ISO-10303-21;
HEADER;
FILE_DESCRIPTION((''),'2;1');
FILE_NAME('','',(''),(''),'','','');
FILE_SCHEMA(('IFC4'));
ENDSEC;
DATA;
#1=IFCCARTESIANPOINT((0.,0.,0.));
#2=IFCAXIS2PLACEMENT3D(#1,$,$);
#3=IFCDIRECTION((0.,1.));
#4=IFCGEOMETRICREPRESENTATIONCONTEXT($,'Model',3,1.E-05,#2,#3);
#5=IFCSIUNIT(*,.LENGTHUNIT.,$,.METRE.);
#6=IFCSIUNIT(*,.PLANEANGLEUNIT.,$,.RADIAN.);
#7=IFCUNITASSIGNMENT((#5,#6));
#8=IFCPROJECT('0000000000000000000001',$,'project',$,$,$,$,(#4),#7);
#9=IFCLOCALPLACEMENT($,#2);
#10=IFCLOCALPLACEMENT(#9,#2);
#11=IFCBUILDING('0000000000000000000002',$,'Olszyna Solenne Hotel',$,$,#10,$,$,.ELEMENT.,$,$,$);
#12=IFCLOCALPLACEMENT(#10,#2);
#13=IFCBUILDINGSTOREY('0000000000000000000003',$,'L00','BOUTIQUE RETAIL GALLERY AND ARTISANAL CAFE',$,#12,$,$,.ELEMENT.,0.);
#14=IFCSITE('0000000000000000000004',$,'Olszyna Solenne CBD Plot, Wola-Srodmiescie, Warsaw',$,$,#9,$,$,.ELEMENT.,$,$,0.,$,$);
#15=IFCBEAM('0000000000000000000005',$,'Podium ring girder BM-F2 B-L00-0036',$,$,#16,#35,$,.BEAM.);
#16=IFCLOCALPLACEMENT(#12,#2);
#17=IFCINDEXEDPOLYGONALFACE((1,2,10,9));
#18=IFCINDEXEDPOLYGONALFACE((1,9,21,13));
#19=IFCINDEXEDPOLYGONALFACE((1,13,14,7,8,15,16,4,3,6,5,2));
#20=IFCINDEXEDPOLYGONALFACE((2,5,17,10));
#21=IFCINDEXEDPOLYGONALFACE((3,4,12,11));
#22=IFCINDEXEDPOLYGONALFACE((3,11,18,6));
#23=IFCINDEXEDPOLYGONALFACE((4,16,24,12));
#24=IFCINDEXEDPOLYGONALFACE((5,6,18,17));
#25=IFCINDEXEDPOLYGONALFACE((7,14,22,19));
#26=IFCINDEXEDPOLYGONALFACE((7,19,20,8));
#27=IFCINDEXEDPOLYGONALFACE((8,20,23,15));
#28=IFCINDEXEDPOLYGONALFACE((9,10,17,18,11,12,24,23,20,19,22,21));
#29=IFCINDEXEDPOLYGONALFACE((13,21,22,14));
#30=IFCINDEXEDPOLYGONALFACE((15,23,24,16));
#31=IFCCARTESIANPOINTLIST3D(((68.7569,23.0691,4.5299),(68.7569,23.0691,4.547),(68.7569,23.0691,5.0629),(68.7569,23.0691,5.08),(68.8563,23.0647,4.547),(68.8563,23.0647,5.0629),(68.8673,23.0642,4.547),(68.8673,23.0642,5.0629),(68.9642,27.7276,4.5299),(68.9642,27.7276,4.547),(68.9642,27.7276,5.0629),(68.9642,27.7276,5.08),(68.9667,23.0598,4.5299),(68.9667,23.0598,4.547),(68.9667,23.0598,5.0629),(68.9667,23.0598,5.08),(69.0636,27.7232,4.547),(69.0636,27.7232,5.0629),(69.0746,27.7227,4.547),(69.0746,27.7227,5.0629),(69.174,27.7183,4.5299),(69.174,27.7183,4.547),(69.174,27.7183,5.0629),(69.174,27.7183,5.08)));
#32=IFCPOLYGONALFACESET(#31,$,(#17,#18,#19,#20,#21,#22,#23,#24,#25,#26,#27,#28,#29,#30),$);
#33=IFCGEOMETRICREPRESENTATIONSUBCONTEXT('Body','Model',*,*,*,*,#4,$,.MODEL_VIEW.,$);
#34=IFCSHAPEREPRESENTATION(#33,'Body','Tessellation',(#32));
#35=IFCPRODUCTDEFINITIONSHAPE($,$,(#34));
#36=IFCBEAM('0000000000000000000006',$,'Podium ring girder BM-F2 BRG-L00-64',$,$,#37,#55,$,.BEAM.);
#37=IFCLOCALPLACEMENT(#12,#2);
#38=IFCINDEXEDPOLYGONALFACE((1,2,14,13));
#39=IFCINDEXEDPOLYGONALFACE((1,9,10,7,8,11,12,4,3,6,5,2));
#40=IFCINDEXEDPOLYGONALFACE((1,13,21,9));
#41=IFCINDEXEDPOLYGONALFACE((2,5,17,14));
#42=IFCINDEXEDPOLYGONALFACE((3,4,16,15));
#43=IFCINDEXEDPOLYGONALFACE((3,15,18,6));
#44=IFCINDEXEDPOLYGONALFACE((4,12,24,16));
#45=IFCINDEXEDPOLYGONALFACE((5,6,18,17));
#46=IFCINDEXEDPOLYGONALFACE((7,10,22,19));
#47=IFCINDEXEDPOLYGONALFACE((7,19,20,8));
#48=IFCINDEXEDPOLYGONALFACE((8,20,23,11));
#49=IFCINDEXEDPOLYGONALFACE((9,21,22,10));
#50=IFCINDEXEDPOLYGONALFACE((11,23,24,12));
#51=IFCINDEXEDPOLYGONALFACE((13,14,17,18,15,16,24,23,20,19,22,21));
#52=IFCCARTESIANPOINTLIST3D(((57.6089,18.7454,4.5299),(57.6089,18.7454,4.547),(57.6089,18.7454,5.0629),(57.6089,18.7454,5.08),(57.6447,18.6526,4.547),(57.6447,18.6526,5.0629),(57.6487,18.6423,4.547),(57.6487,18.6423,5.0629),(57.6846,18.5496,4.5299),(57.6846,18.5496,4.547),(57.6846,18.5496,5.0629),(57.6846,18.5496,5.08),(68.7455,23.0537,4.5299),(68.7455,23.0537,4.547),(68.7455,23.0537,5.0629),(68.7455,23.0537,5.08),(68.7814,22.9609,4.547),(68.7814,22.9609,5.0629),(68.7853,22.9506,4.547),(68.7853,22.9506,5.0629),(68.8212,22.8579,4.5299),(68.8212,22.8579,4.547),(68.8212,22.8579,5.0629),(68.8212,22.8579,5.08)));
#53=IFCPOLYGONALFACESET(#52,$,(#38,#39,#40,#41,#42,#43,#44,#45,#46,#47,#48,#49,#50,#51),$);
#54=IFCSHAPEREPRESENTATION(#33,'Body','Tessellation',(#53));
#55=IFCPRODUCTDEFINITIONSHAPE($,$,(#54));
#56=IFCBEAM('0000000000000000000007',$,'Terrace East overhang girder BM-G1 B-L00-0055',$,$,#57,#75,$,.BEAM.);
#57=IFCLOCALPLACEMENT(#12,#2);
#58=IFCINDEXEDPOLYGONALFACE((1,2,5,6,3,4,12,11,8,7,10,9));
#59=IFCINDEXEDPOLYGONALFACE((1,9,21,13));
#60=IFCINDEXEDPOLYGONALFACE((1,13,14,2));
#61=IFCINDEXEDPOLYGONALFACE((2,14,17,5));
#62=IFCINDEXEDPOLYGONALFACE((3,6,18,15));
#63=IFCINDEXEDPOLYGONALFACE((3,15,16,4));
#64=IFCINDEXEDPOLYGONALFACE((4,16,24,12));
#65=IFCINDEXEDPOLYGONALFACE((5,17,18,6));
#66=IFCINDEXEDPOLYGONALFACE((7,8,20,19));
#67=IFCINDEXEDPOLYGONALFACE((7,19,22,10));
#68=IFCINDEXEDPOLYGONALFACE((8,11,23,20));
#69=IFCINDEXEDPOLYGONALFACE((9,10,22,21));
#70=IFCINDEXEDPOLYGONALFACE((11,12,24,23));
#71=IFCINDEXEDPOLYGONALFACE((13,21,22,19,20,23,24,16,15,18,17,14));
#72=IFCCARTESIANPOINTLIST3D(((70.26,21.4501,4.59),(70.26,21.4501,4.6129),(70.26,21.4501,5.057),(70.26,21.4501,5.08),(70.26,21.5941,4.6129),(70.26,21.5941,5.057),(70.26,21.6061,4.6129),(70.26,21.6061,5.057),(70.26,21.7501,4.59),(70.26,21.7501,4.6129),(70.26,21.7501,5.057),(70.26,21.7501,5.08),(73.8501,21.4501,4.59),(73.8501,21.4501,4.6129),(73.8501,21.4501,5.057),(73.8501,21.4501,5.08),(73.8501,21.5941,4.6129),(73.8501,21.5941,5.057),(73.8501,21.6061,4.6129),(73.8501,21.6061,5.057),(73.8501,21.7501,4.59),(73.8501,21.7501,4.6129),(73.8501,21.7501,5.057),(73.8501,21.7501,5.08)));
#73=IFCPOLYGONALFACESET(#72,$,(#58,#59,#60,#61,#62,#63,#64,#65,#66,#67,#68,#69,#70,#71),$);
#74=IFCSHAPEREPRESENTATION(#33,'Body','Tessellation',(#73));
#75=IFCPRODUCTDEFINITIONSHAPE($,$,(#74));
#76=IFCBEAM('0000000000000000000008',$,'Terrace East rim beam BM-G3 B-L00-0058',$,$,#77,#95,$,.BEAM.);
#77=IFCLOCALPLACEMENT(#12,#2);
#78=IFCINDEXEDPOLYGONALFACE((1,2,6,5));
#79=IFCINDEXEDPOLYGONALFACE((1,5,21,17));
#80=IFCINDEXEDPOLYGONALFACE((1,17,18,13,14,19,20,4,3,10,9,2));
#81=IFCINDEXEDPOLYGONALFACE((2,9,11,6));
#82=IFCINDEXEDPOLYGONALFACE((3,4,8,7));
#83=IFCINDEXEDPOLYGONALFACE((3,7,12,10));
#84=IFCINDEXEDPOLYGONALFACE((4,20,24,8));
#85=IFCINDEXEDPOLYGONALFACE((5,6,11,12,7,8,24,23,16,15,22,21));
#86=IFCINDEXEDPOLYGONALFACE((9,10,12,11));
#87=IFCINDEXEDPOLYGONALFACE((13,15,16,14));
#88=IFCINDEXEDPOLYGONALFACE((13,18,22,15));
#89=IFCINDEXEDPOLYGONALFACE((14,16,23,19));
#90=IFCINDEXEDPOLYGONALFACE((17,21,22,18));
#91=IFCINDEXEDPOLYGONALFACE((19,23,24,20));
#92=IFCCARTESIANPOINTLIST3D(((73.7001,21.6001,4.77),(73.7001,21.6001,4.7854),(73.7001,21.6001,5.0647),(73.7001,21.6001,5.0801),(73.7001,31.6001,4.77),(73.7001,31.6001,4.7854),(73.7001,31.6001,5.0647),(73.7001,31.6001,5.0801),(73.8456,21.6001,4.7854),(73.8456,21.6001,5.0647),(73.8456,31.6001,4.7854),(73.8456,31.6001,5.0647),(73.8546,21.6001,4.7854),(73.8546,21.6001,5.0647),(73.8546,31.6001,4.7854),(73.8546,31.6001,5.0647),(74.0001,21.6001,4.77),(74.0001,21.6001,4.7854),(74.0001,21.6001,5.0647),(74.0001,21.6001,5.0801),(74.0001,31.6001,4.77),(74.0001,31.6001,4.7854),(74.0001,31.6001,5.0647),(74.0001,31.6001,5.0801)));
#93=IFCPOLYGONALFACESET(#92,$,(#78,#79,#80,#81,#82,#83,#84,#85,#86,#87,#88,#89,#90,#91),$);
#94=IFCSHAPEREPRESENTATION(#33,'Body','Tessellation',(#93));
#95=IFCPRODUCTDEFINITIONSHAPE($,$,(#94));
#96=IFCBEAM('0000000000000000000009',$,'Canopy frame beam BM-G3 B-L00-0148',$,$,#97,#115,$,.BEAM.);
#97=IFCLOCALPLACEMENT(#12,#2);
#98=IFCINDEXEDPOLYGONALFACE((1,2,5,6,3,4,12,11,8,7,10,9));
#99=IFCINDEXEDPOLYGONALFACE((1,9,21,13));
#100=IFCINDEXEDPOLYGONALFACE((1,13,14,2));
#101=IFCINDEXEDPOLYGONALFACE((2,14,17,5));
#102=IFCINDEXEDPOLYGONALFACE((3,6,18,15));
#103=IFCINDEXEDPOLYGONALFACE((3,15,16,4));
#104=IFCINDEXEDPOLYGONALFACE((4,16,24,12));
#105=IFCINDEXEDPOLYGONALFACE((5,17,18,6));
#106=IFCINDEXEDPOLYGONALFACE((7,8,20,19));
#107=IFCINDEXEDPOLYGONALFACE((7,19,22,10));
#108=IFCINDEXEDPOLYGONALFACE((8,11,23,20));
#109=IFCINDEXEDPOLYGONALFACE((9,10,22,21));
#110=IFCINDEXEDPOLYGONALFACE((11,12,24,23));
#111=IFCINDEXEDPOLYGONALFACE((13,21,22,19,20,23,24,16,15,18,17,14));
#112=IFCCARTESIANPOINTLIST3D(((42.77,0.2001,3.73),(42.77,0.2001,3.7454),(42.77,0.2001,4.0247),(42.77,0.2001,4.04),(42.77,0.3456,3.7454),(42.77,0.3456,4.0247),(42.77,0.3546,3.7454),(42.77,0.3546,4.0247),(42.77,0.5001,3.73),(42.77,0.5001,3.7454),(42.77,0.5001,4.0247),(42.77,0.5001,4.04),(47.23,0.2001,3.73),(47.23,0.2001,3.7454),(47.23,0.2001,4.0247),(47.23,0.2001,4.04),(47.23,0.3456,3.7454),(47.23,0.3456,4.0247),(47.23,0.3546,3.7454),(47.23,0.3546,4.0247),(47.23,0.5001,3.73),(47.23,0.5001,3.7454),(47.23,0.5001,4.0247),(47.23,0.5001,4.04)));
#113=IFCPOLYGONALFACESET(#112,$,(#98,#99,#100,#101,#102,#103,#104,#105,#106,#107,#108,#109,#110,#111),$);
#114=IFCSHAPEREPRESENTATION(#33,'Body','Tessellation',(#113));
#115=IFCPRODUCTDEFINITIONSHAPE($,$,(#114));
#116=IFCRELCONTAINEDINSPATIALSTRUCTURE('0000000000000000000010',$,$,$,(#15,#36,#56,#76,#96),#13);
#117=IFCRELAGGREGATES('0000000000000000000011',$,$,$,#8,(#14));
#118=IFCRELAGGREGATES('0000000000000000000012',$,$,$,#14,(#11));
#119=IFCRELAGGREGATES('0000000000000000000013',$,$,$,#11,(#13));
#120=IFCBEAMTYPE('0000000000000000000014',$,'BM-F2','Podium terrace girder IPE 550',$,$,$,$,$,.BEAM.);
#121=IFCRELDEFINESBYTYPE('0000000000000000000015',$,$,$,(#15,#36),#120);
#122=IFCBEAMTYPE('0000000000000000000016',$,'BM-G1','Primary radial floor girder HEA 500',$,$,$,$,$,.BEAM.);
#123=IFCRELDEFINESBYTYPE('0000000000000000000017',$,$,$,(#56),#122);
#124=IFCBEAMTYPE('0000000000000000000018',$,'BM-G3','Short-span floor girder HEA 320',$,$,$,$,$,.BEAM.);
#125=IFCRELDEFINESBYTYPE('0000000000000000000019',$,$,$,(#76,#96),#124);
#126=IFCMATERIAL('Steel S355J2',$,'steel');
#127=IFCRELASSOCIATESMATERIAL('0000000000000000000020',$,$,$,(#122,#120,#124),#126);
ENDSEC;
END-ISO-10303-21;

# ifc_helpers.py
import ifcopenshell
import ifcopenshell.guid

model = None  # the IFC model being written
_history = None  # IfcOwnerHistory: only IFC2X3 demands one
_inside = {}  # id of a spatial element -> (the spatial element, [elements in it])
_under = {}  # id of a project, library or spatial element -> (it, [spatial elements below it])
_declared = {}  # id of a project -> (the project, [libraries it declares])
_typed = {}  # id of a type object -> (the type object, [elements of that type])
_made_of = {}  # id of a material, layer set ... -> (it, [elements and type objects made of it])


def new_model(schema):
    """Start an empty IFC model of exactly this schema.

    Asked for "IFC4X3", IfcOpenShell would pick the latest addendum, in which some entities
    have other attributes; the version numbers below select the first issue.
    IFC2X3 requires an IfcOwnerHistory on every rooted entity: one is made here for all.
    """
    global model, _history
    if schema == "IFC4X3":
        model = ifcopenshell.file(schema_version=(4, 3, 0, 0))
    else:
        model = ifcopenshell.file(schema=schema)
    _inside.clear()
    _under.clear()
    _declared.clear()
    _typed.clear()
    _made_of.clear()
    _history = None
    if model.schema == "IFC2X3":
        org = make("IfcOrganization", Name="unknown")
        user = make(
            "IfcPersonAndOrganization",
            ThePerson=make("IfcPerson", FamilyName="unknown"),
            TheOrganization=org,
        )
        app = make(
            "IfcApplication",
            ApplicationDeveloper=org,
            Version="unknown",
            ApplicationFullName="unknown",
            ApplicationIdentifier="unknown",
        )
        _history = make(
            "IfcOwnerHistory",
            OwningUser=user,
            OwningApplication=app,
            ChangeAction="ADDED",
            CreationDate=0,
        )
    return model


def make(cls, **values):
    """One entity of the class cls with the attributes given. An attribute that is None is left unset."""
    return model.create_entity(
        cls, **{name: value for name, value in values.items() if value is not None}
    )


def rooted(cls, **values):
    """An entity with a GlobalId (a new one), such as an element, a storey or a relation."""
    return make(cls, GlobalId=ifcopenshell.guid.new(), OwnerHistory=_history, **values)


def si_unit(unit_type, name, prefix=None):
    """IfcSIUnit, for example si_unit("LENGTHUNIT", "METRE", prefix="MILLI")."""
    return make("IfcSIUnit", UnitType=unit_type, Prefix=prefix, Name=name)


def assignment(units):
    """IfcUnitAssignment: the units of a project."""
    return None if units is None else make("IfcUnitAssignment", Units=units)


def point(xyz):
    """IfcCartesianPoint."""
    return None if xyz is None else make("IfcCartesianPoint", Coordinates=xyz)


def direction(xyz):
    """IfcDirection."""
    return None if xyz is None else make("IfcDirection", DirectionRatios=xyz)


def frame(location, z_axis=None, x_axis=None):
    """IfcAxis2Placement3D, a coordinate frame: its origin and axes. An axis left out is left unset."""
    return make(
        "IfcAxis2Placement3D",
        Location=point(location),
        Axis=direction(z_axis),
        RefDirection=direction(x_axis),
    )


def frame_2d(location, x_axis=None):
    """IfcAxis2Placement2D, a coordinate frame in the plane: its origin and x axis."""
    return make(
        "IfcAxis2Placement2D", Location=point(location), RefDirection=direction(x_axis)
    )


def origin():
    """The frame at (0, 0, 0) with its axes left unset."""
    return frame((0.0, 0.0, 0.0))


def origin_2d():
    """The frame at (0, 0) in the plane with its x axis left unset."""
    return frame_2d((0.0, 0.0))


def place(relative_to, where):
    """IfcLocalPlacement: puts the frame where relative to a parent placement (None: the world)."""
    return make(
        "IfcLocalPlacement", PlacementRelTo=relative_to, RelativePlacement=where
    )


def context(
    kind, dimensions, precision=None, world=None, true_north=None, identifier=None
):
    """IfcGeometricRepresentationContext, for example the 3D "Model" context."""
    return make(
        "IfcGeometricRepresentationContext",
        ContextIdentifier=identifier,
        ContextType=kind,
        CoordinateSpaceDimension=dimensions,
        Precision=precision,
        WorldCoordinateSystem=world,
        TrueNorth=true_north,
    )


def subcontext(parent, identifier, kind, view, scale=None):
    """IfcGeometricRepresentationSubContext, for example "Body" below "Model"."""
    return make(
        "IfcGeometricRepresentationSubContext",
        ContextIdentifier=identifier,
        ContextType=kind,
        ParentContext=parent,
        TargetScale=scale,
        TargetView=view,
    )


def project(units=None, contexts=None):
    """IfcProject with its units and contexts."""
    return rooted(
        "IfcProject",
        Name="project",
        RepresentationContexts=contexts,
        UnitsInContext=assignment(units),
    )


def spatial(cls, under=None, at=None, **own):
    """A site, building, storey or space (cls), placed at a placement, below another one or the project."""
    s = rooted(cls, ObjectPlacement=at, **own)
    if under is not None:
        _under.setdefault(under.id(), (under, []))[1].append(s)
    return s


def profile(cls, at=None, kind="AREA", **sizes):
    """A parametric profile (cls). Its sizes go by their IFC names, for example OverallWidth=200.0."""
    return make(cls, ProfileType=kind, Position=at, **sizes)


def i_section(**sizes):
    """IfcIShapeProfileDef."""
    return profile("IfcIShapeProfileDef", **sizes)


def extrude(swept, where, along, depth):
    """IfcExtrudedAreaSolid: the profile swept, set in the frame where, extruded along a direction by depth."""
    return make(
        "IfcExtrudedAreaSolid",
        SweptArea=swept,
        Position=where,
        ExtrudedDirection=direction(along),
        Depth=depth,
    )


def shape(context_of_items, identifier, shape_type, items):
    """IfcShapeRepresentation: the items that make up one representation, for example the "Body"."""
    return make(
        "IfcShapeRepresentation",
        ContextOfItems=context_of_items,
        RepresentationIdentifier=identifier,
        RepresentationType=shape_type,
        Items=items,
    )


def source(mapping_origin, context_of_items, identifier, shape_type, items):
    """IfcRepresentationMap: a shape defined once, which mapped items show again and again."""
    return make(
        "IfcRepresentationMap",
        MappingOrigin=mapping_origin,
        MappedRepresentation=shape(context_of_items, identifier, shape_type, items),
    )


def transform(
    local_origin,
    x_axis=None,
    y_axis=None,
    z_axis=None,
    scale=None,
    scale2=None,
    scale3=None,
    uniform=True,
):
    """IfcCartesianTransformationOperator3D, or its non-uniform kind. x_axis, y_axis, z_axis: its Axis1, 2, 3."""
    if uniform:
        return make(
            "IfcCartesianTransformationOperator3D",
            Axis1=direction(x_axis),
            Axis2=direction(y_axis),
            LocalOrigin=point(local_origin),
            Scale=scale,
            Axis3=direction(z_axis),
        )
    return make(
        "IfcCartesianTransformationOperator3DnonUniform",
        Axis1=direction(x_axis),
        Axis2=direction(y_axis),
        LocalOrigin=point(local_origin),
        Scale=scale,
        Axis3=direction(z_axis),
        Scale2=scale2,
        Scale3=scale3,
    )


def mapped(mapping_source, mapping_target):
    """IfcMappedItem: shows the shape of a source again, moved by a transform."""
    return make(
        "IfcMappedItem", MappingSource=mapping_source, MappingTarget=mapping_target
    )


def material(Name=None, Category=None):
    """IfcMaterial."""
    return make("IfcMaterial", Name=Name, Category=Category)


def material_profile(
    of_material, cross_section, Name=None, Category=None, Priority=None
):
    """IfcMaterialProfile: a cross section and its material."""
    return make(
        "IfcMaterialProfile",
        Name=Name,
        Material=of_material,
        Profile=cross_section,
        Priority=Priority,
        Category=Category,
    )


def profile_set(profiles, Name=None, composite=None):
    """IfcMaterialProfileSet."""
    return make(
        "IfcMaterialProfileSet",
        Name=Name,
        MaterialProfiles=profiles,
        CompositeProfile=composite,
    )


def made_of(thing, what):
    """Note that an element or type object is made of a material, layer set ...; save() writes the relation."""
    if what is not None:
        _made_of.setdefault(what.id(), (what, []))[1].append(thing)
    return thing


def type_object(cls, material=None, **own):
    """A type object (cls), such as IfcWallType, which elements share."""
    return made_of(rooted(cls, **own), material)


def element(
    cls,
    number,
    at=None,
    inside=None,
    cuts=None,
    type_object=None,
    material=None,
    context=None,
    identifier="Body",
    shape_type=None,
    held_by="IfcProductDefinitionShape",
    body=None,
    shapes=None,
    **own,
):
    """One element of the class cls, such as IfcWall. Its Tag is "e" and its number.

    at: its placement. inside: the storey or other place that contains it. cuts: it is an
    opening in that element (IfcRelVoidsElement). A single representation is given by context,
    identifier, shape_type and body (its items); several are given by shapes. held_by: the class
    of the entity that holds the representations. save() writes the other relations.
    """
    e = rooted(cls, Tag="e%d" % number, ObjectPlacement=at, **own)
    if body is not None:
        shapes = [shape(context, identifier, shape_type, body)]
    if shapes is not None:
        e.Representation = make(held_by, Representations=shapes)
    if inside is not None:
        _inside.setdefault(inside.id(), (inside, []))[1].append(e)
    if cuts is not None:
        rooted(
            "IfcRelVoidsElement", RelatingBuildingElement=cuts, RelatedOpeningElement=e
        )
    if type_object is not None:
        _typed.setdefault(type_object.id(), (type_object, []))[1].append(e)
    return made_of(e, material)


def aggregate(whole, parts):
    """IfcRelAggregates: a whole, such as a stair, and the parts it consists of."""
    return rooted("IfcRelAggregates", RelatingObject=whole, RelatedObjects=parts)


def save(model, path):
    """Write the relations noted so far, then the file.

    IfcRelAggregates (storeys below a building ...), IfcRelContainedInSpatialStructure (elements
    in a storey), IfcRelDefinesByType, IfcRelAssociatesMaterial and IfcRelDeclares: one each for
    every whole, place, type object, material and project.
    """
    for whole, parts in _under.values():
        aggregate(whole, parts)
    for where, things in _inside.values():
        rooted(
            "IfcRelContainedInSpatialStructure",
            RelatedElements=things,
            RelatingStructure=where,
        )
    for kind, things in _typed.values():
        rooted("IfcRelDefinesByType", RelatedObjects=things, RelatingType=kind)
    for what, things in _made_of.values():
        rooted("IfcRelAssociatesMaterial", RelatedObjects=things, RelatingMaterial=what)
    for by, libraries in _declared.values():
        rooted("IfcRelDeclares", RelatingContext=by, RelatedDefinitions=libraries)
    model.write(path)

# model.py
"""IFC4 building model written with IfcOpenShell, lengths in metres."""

from ifc_helpers import new_model, si_unit, direction, frame, origin, origin_2d, place, context, subcontext, project, spatial, i_section, extrude, source, transform, mapped, material, material_profile, profile_set, type_object, element, save


model = new_model("IFC4")

# Units and contexts
model_context = context("Model", 3, precision=1e-05, world=origin(), true_north=direction((0.0, 1.0)))
body_context = subcontext(model_context, "Body", "Model", "MODEL_VIEW")
ifc_project = project(units=[si_unit("LENGTHUNIT", "METRE"), si_unit("PLANEANGLEUNIT", "RADIAN")], contexts=[model_context])

# Site, building, storey
site_placement = place(None, origin())
site = spatial("IfcSite", under=ifc_project, at=site_placement, Name="Olszyna Solenne CBD Plot, Wola-Srodmiescie, Warsaw", CompositionType="ELEMENT", RefElevation=0.0)
building_placement = place(site_placement, origin())
building = spatial("IfcBuilding", under=site, at=building_placement, Name="Olszyna Solenne Hotel", CompositionType="ELEMENT")
storey_placement = place(building_placement, origin())
storey = spatial("IfcBuildingStorey", under=building, at=storey_placement, Name="L00", Description="BOUTIQUE RETAIL GALLERY AND ARTISANAL CAFE", CompositionType="ELEMENT", Elevation=0.0)

# Shared definitions
ifc_material_1 = material(Name="Steel S355J2", Category="steel")

# Beams
ifc_material_profile_1 = material_profile(ifc_material_1, i_section(OverallWidth=0.3, OverallDepth=0.49, WebThickness=0.012, FlangeThickness=0.0229, at=origin_2d()), Name="HEA 500", Category="load-bearing")
ifc_profile_set_1 = profile_set([ifc_material_profile_1], Name="Steel S355J2")
beam_type_1 = type_object("IfcBeamType", Name="BM-G1", Description="Primary radial floor girder HEA 500", PredefinedType="BEAM", material=ifc_profile_set_1)
ifc_material_profile_2 = material_profile(ifc_material_1, i_section(OverallWidth=0.21, OverallDepth=0.55, WebThickness=0.011, FlangeThickness=0.0171, at=origin_2d()), Name="IPE 550", Category="load-bearing")
ifc_profile_set_2 = profile_set([ifc_material_profile_2], Name="Steel S355J2")
beam_type_2 = type_object("IfcBeamType", Name="BM-F2", Description="Podium terrace girder IPE 550", PredefinedType="BEAM", material=ifc_profile_set_2)
shared_shape_1 = source(origin(), body_context, "Body", "SweptSolid", [
    extrude(i_section(OverallWidth=0.21, OverallDepth=0.55, WebThickness=0.011, FlangeThickness=0.0171, at=origin_2d()), origin(), (0.0, 0.0, 1.0), 4.6631),
])
beam_1_placement = place(storey_placement, frame((68.8618, 23.0645, 4.8049), z_axis=(0.044451, 0.999012, 0.0), x_axis=(-0.999012, 0.044451, 0.0)))
element("IfcBeam", 1, at=beam_1_placement, inside=storey, type_object=beam_type_2, Name="Podium ring girder BM-F2 B-L00-0036", PredefinedType="BEAM", context=body_context, shape_type="MappedRepresentation", body=[
    mapped(shared_shape_1, transform((0.0, 0.0, 0.0), x_axis=(1.0, 0.0, 0.0), y_axis=(0.0, 1.0, 0.0), z_axis=(0.0, 0.0, 1.0), scale=1.0)),
])
shared_shape_2 = source(origin(), body_context, "Body", "SweptSolid", [
    extrude(i_section(OverallWidth=0.21, OverallDepth=0.55, WebThickness=0.011, FlangeThickness=0.0171, at=origin_2d()), origin(), (0.0, 0.0, 1.0), 11.9409),
])
beam_2_placement = place(storey_placement, frame((57.6467, 18.6475, 4.8049), z_axis=(0.932642, 0.360802, 0.0), x_axis=(-0.360802, 0.932642, 0.0)))
element("IfcBeam", 2, at=beam_2_placement, inside=storey, type_object=beam_type_2, Name="Podium ring girder BM-F2 BRG-L00-64", PredefinedType="BEAM", context=body_context, shape_type="MappedRepresentation", body=[
    mapped(shared_shape_2, transform((0.0, 0.0, 0.0), x_axis=(1.0, 0.0, 0.0), y_axis=(0.0, 1.0, 0.0), z_axis=(0.0, 0.0, 1.0), scale=1.0)),
])
shared_shape_3 = source(origin(), body_context, "Body", "SweptSolid", [
    extrude(i_section(OverallWidth=0.3, OverallDepth=0.49, WebThickness=0.012, FlangeThickness=0.0229, at=origin_2d()), origin(), (0.0, 0.0, 1.0), 3.5901),
])
beam_3_placement = place(storey_placement, frame((70.26, 21.6001, 4.835), z_axis=(1.0, 0.0, 0.0), x_axis=(0.0, 1.0, 0.0)))
element("IfcBeam", 3, at=beam_3_placement, inside=storey, type_object=beam_type_1, Name="Terrace East overhang girder BM-G1 B-L00-0055", PredefinedType="BEAM", context=body_context, shape_type="MappedRepresentation", body=[
    mapped(shared_shape_3, transform((0.0, 0.0, 0.0), x_axis=(1.0, 0.0, 0.0), y_axis=(0.0, 1.0, 0.0), z_axis=(0.0, 0.0, 1.0), scale=1.0)),
])
ifc_material_profile_3 = material_profile(ifc_material_1, i_section(OverallWidth=0.3, OverallDepth=0.3101, WebThickness=0.009, FlangeThickness=0.0154, at=origin_2d()), Name="HEA 320", Category="load-bearing")
ifc_profile_set_3 = profile_set([ifc_material_profile_3], Name="Steel S355J2")
beam_type_3 = type_object("IfcBeamType", Name="BM-G3", Description="Short-span floor girder HEA 320", PredefinedType="BEAM", material=ifc_profile_set_3)
shared_shape_4 = source(origin(), body_context, "Body", "SweptSolid", [
    extrude(i_section(OverallWidth=0.3, OverallDepth=0.3101, WebThickness=0.009, FlangeThickness=0.0154, at=origin_2d()), origin(), (0.0, 0.0, 1.0), 10.0),
])
beam_4_placement = place(storey_placement, frame((73.8501, 21.6001, 4.925), z_axis=(0.0, 1.0, 0.0), x_axis=(-1.0, 0.0, 0.0)))
element("IfcBeam", 4, at=beam_4_placement, inside=storey, type_object=beam_type_3, Name="Terrace East rim beam BM-G3 B-L00-0058", PredefinedType="BEAM", context=body_context, shape_type="MappedRepresentation", body=[
    mapped(shared_shape_4, transform((0.0, 0.0, 0.0), x_axis=(1.0, 0.0, 0.0), y_axis=(0.0, 1.0, 0.0), z_axis=(0.0, 0.0, 1.0), scale=1.0)),
])
shared_shape_5 = source(origin(), body_context, "Body", "SweptSolid", [
    extrude(i_section(OverallWidth=0.3, OverallDepth=0.3101, WebThickness=0.009, FlangeThickness=0.0154, at=origin_2d()), origin(), (0.0, 0.0, 1.0), 4.46),
])
beam_5_placement = place(storey_placement, frame((47.23, 0.3501, 3.885), z_axis=(-1.0, 0.0, 0.0), x_axis=(0.0, -1.0, 0.0)))
element("IfcBeam", 5, at=beam_5_placement, inside=storey, type_object=beam_type_3, Name="Canopy frame beam BM-G3 B-L00-0148", PredefinedType="BEAM", context=body_context, shape_type="MappedRepresentation", body=[
    mapped(shared_shape_5, transform((0.0, 0.0, 0.0), x_axis=(1.0, 0.0, 0.0), y_axis=(0.0, 1.0, 0.0), z_axis=(0.0, 0.0, 1.0), scale=1.0)),
])

save(model, "model.ifc")
